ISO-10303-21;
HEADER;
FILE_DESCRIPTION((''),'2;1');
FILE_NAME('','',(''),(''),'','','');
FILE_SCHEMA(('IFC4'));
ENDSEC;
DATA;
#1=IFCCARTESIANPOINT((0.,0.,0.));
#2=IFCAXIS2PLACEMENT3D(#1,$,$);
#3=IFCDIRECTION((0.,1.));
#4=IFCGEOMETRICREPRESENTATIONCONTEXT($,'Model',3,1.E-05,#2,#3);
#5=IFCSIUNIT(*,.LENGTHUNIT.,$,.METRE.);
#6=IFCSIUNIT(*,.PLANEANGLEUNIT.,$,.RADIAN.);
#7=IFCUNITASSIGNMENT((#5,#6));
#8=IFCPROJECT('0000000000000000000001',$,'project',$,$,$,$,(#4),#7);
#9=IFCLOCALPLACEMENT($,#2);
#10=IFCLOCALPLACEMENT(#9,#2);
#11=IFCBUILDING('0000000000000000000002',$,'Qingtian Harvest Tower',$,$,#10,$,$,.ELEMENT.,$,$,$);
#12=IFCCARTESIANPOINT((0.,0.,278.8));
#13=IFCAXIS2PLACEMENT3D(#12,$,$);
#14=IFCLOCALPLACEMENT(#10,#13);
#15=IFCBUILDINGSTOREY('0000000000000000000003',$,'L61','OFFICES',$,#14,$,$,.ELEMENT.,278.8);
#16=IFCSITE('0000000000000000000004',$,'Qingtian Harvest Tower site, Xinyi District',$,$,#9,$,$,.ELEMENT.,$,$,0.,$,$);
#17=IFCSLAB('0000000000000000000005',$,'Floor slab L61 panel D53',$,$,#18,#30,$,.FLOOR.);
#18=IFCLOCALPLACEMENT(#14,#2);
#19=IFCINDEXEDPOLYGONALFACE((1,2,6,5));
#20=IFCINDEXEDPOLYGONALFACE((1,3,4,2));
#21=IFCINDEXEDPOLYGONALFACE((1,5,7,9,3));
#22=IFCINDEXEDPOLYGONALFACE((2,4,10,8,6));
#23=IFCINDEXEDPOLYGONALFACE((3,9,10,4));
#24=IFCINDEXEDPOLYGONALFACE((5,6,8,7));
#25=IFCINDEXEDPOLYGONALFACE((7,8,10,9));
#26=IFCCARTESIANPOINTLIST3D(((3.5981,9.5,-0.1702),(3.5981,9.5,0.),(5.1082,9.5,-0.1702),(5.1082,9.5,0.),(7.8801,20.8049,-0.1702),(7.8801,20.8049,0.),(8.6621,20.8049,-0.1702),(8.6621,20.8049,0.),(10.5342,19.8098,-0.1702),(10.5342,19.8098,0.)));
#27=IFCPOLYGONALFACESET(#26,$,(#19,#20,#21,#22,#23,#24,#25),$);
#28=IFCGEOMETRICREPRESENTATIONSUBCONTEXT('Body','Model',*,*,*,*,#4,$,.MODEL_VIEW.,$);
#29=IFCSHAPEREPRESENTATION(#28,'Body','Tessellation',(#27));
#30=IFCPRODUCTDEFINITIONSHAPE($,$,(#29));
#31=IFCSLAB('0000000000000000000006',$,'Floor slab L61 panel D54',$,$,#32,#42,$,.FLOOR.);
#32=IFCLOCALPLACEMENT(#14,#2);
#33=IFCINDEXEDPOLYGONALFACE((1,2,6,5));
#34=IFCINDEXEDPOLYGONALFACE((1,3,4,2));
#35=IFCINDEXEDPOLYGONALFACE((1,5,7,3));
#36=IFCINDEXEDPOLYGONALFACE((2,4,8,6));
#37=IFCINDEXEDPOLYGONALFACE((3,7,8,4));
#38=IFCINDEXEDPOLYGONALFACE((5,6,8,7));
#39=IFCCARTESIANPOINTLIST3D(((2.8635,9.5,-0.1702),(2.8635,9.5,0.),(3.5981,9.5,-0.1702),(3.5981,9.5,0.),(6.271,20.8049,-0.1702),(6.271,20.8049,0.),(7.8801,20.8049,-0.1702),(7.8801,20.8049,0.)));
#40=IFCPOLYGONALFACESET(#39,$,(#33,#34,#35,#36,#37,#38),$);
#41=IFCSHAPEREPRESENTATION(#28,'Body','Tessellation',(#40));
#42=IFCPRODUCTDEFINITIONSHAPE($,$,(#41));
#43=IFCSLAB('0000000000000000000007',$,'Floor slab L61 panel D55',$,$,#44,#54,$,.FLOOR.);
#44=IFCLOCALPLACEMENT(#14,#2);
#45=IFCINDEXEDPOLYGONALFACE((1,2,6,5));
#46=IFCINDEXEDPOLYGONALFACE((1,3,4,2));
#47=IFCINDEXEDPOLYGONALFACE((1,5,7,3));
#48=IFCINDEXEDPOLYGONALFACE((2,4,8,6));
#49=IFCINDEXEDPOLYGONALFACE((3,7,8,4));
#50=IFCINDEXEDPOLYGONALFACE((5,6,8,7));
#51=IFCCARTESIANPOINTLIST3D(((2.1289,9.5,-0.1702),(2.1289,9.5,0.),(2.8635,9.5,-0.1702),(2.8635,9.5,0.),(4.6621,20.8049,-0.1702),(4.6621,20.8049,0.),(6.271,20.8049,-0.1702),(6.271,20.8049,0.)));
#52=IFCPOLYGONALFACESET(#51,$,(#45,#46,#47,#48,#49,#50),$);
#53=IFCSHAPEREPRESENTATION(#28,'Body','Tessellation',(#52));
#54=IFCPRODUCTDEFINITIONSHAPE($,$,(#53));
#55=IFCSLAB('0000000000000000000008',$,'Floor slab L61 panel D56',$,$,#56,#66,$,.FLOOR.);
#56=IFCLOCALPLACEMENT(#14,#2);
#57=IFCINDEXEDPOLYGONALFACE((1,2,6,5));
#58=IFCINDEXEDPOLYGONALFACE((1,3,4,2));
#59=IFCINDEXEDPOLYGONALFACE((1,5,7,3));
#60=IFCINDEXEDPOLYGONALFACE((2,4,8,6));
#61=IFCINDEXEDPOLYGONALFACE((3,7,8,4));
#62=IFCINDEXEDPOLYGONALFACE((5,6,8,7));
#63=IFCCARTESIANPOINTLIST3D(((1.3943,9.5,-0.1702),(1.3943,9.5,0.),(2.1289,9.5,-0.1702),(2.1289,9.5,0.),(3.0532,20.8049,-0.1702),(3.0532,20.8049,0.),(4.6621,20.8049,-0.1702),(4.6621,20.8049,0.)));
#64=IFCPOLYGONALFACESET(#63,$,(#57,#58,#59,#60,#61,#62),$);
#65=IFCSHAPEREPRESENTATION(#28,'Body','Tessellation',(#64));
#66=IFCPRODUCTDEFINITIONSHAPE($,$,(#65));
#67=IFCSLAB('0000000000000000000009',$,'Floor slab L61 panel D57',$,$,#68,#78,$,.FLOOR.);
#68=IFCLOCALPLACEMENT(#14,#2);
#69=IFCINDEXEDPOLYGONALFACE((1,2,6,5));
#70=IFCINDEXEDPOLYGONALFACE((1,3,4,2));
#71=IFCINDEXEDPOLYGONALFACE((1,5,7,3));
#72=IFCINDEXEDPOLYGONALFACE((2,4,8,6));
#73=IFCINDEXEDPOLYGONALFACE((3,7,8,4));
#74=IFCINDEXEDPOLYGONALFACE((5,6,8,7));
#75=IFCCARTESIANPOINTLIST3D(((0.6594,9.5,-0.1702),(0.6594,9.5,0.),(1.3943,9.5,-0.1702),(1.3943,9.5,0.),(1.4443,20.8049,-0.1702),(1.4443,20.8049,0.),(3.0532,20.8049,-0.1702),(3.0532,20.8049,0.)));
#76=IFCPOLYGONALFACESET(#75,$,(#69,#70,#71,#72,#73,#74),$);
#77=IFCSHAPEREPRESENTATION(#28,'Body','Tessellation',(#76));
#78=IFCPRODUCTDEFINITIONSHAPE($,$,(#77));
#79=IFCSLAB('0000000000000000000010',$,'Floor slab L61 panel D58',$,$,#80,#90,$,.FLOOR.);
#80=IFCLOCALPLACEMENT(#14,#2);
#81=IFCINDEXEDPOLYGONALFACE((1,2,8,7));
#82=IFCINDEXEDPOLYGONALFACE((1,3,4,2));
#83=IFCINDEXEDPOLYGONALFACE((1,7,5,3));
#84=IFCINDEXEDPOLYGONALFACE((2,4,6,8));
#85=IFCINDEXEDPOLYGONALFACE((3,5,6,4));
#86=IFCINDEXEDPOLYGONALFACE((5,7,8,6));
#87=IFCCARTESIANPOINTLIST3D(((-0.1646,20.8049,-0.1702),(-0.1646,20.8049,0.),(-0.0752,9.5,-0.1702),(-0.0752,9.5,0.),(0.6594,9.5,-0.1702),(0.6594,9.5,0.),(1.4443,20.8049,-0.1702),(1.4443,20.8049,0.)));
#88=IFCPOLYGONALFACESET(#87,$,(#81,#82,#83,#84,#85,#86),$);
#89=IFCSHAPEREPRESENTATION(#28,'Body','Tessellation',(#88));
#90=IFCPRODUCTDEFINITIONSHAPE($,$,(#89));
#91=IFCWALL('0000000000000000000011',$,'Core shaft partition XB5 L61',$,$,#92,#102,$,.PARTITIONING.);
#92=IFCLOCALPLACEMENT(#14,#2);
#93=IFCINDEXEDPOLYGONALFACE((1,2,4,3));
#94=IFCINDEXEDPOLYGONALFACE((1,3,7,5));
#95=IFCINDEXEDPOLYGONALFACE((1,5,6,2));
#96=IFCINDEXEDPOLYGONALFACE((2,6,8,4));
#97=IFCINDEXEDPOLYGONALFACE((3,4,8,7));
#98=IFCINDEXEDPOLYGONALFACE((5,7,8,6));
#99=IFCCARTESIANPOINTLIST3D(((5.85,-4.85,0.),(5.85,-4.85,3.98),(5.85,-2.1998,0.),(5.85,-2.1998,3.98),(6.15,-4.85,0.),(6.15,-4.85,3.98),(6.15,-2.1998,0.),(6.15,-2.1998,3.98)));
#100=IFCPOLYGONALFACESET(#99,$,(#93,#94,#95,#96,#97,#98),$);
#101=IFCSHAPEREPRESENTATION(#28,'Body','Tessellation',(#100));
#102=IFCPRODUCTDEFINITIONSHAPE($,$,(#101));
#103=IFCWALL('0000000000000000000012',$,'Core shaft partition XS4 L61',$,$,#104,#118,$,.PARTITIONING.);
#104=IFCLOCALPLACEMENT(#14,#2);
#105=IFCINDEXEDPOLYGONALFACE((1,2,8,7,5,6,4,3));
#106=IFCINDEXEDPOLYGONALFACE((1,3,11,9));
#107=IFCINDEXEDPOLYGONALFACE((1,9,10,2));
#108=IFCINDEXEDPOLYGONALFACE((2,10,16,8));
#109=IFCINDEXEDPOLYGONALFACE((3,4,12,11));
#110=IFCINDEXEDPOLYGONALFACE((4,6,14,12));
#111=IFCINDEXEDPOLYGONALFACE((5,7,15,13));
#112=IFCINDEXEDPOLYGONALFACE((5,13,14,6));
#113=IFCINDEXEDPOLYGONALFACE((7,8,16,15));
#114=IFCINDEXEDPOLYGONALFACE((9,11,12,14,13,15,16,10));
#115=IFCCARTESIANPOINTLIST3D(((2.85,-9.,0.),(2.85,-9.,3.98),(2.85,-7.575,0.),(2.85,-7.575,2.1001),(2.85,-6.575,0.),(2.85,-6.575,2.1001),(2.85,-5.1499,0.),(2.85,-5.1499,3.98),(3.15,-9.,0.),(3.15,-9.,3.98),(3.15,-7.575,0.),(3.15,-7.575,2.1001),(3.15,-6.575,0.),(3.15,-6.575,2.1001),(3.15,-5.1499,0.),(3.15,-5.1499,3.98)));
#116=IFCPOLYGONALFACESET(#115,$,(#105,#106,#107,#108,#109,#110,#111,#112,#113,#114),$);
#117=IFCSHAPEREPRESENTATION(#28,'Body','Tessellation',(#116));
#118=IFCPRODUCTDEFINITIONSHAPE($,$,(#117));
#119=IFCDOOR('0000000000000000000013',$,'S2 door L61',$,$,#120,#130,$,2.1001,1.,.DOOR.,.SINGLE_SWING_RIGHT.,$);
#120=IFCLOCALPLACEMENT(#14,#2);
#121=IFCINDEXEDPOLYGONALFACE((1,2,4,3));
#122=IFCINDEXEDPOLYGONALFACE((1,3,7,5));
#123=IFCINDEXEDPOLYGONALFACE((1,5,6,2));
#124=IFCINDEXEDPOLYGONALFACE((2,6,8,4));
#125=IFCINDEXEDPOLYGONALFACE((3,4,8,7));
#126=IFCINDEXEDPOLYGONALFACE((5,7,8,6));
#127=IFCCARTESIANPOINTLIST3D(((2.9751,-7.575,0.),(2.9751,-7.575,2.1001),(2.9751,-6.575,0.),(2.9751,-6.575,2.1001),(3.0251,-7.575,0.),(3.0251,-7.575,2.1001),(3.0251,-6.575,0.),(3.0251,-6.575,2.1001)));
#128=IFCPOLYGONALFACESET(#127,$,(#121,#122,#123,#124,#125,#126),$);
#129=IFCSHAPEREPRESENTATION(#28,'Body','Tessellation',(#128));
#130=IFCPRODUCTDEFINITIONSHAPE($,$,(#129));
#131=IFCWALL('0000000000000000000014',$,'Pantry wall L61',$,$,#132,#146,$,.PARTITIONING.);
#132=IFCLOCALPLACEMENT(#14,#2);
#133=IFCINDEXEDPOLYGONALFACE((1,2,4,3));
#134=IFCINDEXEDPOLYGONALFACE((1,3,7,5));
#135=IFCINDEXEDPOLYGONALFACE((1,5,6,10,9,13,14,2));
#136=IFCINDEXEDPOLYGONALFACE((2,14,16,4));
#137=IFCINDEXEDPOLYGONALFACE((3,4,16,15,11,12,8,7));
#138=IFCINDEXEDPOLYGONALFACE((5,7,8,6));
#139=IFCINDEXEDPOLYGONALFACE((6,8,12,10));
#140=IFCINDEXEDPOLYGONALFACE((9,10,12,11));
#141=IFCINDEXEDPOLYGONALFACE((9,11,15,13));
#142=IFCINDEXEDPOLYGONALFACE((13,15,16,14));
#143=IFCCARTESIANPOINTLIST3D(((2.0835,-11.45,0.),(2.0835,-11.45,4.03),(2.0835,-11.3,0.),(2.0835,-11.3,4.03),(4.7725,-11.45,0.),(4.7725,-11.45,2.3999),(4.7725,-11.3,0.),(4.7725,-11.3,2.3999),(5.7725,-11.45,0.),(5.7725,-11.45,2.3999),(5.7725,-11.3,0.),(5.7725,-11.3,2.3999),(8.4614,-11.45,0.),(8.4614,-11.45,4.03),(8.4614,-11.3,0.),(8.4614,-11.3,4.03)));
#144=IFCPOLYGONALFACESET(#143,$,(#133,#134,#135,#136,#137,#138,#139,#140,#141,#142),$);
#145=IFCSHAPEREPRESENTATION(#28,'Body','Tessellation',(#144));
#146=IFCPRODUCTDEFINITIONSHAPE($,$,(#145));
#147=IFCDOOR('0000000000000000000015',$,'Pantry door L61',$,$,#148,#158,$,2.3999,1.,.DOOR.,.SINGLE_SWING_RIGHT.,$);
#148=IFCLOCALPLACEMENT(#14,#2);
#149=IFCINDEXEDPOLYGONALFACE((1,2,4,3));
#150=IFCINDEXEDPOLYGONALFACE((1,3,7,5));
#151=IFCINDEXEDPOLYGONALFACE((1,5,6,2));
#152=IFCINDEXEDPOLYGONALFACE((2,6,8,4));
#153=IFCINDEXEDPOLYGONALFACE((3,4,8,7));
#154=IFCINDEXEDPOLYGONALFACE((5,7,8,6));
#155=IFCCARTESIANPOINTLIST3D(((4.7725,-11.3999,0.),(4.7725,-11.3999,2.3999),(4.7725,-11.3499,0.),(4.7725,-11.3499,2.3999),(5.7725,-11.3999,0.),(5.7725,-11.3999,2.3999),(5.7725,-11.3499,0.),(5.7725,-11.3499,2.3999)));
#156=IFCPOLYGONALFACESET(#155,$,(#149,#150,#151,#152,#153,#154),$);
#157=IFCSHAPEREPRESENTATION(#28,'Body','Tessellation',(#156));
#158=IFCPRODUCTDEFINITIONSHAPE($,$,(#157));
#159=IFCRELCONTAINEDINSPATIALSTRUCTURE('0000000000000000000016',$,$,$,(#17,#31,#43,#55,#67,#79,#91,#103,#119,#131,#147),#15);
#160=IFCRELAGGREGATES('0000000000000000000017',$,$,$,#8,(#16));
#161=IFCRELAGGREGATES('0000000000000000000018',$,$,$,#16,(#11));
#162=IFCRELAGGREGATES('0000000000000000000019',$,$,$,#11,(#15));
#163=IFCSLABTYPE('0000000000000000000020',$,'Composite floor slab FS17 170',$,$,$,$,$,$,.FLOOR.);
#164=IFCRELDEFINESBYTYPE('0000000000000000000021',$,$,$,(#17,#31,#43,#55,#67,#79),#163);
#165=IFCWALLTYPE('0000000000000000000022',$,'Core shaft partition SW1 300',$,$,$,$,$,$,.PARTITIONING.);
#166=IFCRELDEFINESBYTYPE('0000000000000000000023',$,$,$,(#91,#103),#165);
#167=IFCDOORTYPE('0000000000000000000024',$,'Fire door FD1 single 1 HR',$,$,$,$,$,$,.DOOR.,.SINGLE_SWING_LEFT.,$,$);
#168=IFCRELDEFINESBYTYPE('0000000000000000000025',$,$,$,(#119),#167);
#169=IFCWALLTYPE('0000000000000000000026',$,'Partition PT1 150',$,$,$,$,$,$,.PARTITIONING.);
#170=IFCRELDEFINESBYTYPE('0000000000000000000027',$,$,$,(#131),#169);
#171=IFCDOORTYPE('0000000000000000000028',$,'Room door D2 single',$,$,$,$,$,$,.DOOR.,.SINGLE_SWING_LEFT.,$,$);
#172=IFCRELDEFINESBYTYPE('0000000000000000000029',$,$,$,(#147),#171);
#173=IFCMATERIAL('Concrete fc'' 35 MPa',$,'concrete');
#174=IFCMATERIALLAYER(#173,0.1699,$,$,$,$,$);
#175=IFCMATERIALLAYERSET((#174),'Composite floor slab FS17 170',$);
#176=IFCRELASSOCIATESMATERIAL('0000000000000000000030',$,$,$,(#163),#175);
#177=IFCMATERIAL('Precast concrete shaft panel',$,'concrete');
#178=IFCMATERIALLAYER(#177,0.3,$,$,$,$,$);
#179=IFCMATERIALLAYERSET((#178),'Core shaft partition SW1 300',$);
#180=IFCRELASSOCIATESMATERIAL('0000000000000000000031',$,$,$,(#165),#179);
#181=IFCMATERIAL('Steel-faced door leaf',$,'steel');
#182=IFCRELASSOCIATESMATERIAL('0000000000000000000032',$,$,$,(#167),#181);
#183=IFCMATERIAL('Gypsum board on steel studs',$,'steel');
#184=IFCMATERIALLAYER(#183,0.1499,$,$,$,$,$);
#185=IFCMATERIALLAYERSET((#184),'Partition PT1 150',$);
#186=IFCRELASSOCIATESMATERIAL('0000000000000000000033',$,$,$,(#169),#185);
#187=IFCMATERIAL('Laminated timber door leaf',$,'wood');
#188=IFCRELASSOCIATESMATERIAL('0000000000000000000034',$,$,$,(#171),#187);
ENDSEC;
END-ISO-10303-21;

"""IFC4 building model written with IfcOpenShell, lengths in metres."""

from ifc_helpers import new_model, si_unit, direction, frame, frame_2d, origin, place, context, subcontext, project, spatial, polyline, rectangle, outline, extrude, material, layer, layer_set, type_object, element, fill, save


model = new_model("IFC4")

# Units and contexts
model_context = context("Model", 3, precision=1e-05, world=origin(), true_north=direction((0.0, 1.0)))
body_context = subcontext(model_context, "Body", "Model", "MODEL_VIEW")
ifc_project = project(units=[si_unit("LENGTHUNIT", "METRE"), si_unit("PLANEANGLEUNIT", "RADIAN")], contexts=[model_context])

# Site, building, storey
site_placement = place(None, origin())
site = spatial("IfcSite", under=ifc_project, at=site_placement, Name="Qingtian Harvest Tower site, Xinyi District", CompositionType="ELEMENT", RefElevation=0.0)
building_placement = place(site_placement, origin())
building = spatial("IfcBuilding", under=site, at=building_placement, Name="Qingtian Harvest Tower", CompositionType="ELEMENT")
storey_placement = place(building_placement, frame((0.0, 0.0, 278.8)))
storey = spatial("IfcBuildingStorey", under=building, at=storey_placement, Name="L61", Description="OFFICES", CompositionType="ELEMENT", Elevation=278.8)

# Slabs
ifc_material_1 = material(Name="Concrete fc' 35 MPa", Category="concrete")
ifc_layer_1 = layer(ifc_material_1, 0.1699)
ifc_layer_set_1 = layer_set([ifc_layer_1], Name="Composite floor slab FS17 170")
slab_type = type_object("IfcSlabType", Name="Composite floor slab FS17 170", PredefinedType="FLOOR", material=ifc_layer_set_1)
slab_1_placement = place(storey_placement, frame((0.0, 0.0, -0.1702)))
element("IfcSlab", 1, at=slab_1_placement, inside=storey, type_object=slab_type, Name="Floor slab L61 panel D53", PredefinedType="FLOOR", context=body_context, shape_type="SweptSolid", body=[
    extrude(outline(polyline([(3.5981, 9.5), (7.8801, 20.8049), (8.6621, 20.8049), (10.5342, 19.8098), (5.1082, 9.5), (3.5981, 9.5)])), origin(), (0.0, 0.0, 1.0), 0.1702),
])
slab_2_placement = place(storey_placement, frame((0.0, 0.0, -0.1702)))
element("IfcSlab", 2, at=slab_2_placement, inside=storey, type_object=slab_type, Name="Floor slab L61 panel D54", PredefinedType="FLOOR", context=body_context, shape_type="SweptSolid", body=[
    extrude(outline(polyline([(2.8635, 9.5), (6.271, 20.8049), (7.8801, 20.8049), (3.5981, 9.5), (2.8635, 9.5)])), origin(), (0.0, 0.0, 1.0), 0.1702),
])
slab_3_placement = place(storey_placement, frame((0.0, 0.0, -0.1702)))
element("IfcSlab", 3, at=slab_3_placement, inside=storey, type_object=slab_type, Name="Floor slab L61 panel D55", PredefinedType="FLOOR", context=body_context, shape_type="SweptSolid", body=[
    extrude(outline(polyline([(2.1289, 9.5), (4.6621, 20.8049), (6.271, 20.8049), (2.8635, 9.5), (2.1289, 9.5)])), origin(), (0.0, 0.0, 1.0), 0.1702),
])
slab_4_placement = place(storey_placement, frame((0.0, 0.0, -0.1702)))
element("IfcSlab", 4, at=slab_4_placement, inside=storey, type_object=slab_type, Name="Floor slab L61 panel D56", PredefinedType="FLOOR", context=body_context, shape_type="SweptSolid", body=[
    extrude(outline(polyline([(1.3943, 9.5), (3.0532, 20.8049), (4.6621, 20.8049), (2.1289, 9.5), (1.3943, 9.5)])), origin(), (0.0, 0.0, 1.0), 0.1702),
])
slab_5_placement = place(storey_placement, frame((0.0, 0.0, -0.1702)))
element("IfcSlab", 5, at=slab_5_placement, inside=storey, type_object=slab_type, Name="Floor slab L61 panel D57", PredefinedType="FLOOR", context=body_context, shape_type="SweptSolid", body=[
    extrude(outline(polyline([(0.6594, 9.5), (1.4443, 20.8049), (3.0532, 20.8049), (1.3943, 9.5), (0.6594, 9.5)])), origin(), (0.0, 0.0, 1.0), 0.1702),
])
slab_6_placement = place(storey_placement, frame((0.0, 0.0, -0.1702)))
element("IfcSlab", 6, at=slab_6_placement, inside=storey, type_object=slab_type, Name="Floor slab L61 panel D58", PredefinedType="FLOOR", context=body_context, shape_type="SweptSolid", body=[
    extrude(outline(polyline([(-0.0752, 9.5), (-0.1646, 20.8049), (1.4443, 20.8049), (0.6594, 9.5), (-0.0752, 9.5)])), origin(), (0.0, 0.0, 1.0), 0.1702),
])

# Wall
ifc_material_2 = material(Name="Precast concrete shaft panel", Category="concrete")
ifc_layer_2 = layer(ifc_material_2, 0.3)
ifc_layer_set_2 = layer_set([ifc_layer_2], Name="Core shaft partition SW1 300")
wall_type_1 = type_object("IfcWallType", Name="Core shaft partition SW1 300", PredefinedType="PARTITIONING", material=ifc_layer_set_2)
wall_1_placement = place(storey_placement, frame((6.0, -4.8501, 0.0), z_axis=(0.0, 0.0, 1.0), x_axis=(0.0, 1.0, 0.0)))
element("IfcWall", 7, at=wall_1_placement, inside=storey, type_object=wall_type_1, Name="Core shaft partition XB5 L61", PredefinedType="PARTITIONING", context=body_context, shape_type="SweptSolid", body=[
    extrude(rectangle(XDim=2.6501, YDim=0.3, at=frame_2d((1.3252, 0.0))), origin(), (0.0, 0.0, 1.0), 3.98),
])

# Walls, openings, doors
wall_2_placement = place(storey_placement, frame((3.0, -9.0, 0.0), z_axis=(0.0, 0.0, 1.0), x_axis=(0.0, 1.0, 0.0)))
wall_2 = element("IfcWall", 8, at=wall_2_placement, inside=storey, type_object=wall_type_1, Name="Core shaft partition XS4 L61", PredefinedType="PARTITIONING", context=body_context, shape_type="SweptSolid", body=[
    extrude(rectangle(XDim=3.8501, YDim=0.3, at=frame_2d((1.925, 0.0))), origin(), (0.0, 0.0, 1.0), 3.98),
])
opening_1_placement = place(wall_2_placement, frame((1.425, 0.0, 0.0)))
opening_1 = element("IfcOpeningElement", 9, at=opening_1_placement, cuts=wall_2, PredefinedType="OPENING", context=body_context, shape_type="SweptSolid", body=[
    extrude(rectangle(XDim=1.0, YDim=2.1001, at=frame_2d((0.5, 1.05))), frame((0.0, 0.1599, 0.0), z_axis=(0.0, -1.0, 0.0), x_axis=(1.0, 0.0, 0.0)), (0.0, 0.0, 1.0), 0.3201),
])
ifc_material_3 = material(Name="Steel-faced door leaf", Category="steel")
door_type_1 = type_object("IfcDoorType", Name="Fire door FD1 single 1 HR", OperationType="SINGLE_SWING_LEFT", PredefinedType="DOOR", material=ifc_material_3)
door_1_placement = place(opening_1_placement, origin())
door_1 = element("IfcDoor", 10, at=door_1_placement, inside=storey, type_object=door_type_1, Name="S2 door L61", OperationType="SINGLE_SWING_RIGHT", OverallHeight=2.1001, OverallWidth=1.0, PredefinedType="DOOR", context=body_context, shape_type="SweptSolid", body=[
    extrude(rectangle(XDim=1.0, YDim=2.1001, at=frame_2d((0.5, 1.05))), frame((0.0, 0.0249, 0.0), z_axis=(0.0, -1.0, 0.0), x_axis=(1.0, 0.0, 0.0)), (0.0, 0.0, 1.0), 0.05),
])
fill(opening_1, door_1)
ifc_material_4 = material(Name="Gypsum board on steel studs", Category="steel")
ifc_layer_3 = layer(ifc_material_4, 0.1499)
ifc_layer_set_3 = layer_set([ifc_layer_3], Name="Partition PT1 150")
wall_type_2 = type_object("IfcWallType", Name="Partition PT1 150", PredefinedType="PARTITIONING", material=ifc_layer_set_3)
wall_3_placement = place(storey_placement, frame((8.4614, -11.375, 0.0), z_axis=(0.0, 0.0, 1.0), x_axis=(-1.0, 0.0, 0.0)))
wall_3 = element("IfcWall", 11, at=wall_3_placement, inside=storey, type_object=wall_type_2, Name="Pantry wall L61", PredefinedType="PARTITIONING", context=body_context, shape_type="SweptSolid", body=[
    extrude(rectangle(XDim=6.3779, YDim=0.1499, at=frame_2d((3.189, 0.0))), origin(), (0.0, 0.0, 1.0), 4.03),
])
opening_2_placement = place(wall_3_placement, frame((2.689, 0.0, 0.0)))
opening_2 = element("IfcOpeningElement", 12, at=opening_2_placement, cuts=wall_3, PredefinedType="OPENING", context=body_context, shape_type="SweptSolid", body=[
    extrude(rectangle(XDim=1.0, YDim=2.3999, at=frame_2d((0.5, 1.2))), frame((0.0, 0.085, 0.0), z_axis=(0.0, -1.0, 0.0), x_axis=(1.0, 0.0, 0.0)), (0.0, 0.0, 1.0), 0.1699),
])
ifc_material_5 = material(Name="Laminated timber door leaf", Category="wood")
door_type_2 = type_object("IfcDoorType", Name="Room door D2 single", OperationType="SINGLE_SWING_LEFT", PredefinedType="DOOR", material=ifc_material_5)
door_2_placement = place(opening_2_placement, origin())
door_2 = element("IfcDoor", 13, at=door_2_placement, inside=storey, type_object=door_type_2, Name="Pantry door L61", OperationType="SINGLE_SWING_RIGHT", OverallHeight=2.3999, OverallWidth=1.0, PredefinedType="DOOR", context=body_context, shape_type="SweptSolid", body=[
    extrude(rectangle(XDim=1.0, YDim=2.3999, at=frame_2d((0.5, 1.2))), frame((0.0, 0.0249, 0.0), z_axis=(0.0, -1.0, 0.0), x_axis=(1.0, 0.0, 0.0)), (0.0, 0.0, 1.0), 0.05),
])
fill(opening_2, door_2)

save(model, "model.ifc")
